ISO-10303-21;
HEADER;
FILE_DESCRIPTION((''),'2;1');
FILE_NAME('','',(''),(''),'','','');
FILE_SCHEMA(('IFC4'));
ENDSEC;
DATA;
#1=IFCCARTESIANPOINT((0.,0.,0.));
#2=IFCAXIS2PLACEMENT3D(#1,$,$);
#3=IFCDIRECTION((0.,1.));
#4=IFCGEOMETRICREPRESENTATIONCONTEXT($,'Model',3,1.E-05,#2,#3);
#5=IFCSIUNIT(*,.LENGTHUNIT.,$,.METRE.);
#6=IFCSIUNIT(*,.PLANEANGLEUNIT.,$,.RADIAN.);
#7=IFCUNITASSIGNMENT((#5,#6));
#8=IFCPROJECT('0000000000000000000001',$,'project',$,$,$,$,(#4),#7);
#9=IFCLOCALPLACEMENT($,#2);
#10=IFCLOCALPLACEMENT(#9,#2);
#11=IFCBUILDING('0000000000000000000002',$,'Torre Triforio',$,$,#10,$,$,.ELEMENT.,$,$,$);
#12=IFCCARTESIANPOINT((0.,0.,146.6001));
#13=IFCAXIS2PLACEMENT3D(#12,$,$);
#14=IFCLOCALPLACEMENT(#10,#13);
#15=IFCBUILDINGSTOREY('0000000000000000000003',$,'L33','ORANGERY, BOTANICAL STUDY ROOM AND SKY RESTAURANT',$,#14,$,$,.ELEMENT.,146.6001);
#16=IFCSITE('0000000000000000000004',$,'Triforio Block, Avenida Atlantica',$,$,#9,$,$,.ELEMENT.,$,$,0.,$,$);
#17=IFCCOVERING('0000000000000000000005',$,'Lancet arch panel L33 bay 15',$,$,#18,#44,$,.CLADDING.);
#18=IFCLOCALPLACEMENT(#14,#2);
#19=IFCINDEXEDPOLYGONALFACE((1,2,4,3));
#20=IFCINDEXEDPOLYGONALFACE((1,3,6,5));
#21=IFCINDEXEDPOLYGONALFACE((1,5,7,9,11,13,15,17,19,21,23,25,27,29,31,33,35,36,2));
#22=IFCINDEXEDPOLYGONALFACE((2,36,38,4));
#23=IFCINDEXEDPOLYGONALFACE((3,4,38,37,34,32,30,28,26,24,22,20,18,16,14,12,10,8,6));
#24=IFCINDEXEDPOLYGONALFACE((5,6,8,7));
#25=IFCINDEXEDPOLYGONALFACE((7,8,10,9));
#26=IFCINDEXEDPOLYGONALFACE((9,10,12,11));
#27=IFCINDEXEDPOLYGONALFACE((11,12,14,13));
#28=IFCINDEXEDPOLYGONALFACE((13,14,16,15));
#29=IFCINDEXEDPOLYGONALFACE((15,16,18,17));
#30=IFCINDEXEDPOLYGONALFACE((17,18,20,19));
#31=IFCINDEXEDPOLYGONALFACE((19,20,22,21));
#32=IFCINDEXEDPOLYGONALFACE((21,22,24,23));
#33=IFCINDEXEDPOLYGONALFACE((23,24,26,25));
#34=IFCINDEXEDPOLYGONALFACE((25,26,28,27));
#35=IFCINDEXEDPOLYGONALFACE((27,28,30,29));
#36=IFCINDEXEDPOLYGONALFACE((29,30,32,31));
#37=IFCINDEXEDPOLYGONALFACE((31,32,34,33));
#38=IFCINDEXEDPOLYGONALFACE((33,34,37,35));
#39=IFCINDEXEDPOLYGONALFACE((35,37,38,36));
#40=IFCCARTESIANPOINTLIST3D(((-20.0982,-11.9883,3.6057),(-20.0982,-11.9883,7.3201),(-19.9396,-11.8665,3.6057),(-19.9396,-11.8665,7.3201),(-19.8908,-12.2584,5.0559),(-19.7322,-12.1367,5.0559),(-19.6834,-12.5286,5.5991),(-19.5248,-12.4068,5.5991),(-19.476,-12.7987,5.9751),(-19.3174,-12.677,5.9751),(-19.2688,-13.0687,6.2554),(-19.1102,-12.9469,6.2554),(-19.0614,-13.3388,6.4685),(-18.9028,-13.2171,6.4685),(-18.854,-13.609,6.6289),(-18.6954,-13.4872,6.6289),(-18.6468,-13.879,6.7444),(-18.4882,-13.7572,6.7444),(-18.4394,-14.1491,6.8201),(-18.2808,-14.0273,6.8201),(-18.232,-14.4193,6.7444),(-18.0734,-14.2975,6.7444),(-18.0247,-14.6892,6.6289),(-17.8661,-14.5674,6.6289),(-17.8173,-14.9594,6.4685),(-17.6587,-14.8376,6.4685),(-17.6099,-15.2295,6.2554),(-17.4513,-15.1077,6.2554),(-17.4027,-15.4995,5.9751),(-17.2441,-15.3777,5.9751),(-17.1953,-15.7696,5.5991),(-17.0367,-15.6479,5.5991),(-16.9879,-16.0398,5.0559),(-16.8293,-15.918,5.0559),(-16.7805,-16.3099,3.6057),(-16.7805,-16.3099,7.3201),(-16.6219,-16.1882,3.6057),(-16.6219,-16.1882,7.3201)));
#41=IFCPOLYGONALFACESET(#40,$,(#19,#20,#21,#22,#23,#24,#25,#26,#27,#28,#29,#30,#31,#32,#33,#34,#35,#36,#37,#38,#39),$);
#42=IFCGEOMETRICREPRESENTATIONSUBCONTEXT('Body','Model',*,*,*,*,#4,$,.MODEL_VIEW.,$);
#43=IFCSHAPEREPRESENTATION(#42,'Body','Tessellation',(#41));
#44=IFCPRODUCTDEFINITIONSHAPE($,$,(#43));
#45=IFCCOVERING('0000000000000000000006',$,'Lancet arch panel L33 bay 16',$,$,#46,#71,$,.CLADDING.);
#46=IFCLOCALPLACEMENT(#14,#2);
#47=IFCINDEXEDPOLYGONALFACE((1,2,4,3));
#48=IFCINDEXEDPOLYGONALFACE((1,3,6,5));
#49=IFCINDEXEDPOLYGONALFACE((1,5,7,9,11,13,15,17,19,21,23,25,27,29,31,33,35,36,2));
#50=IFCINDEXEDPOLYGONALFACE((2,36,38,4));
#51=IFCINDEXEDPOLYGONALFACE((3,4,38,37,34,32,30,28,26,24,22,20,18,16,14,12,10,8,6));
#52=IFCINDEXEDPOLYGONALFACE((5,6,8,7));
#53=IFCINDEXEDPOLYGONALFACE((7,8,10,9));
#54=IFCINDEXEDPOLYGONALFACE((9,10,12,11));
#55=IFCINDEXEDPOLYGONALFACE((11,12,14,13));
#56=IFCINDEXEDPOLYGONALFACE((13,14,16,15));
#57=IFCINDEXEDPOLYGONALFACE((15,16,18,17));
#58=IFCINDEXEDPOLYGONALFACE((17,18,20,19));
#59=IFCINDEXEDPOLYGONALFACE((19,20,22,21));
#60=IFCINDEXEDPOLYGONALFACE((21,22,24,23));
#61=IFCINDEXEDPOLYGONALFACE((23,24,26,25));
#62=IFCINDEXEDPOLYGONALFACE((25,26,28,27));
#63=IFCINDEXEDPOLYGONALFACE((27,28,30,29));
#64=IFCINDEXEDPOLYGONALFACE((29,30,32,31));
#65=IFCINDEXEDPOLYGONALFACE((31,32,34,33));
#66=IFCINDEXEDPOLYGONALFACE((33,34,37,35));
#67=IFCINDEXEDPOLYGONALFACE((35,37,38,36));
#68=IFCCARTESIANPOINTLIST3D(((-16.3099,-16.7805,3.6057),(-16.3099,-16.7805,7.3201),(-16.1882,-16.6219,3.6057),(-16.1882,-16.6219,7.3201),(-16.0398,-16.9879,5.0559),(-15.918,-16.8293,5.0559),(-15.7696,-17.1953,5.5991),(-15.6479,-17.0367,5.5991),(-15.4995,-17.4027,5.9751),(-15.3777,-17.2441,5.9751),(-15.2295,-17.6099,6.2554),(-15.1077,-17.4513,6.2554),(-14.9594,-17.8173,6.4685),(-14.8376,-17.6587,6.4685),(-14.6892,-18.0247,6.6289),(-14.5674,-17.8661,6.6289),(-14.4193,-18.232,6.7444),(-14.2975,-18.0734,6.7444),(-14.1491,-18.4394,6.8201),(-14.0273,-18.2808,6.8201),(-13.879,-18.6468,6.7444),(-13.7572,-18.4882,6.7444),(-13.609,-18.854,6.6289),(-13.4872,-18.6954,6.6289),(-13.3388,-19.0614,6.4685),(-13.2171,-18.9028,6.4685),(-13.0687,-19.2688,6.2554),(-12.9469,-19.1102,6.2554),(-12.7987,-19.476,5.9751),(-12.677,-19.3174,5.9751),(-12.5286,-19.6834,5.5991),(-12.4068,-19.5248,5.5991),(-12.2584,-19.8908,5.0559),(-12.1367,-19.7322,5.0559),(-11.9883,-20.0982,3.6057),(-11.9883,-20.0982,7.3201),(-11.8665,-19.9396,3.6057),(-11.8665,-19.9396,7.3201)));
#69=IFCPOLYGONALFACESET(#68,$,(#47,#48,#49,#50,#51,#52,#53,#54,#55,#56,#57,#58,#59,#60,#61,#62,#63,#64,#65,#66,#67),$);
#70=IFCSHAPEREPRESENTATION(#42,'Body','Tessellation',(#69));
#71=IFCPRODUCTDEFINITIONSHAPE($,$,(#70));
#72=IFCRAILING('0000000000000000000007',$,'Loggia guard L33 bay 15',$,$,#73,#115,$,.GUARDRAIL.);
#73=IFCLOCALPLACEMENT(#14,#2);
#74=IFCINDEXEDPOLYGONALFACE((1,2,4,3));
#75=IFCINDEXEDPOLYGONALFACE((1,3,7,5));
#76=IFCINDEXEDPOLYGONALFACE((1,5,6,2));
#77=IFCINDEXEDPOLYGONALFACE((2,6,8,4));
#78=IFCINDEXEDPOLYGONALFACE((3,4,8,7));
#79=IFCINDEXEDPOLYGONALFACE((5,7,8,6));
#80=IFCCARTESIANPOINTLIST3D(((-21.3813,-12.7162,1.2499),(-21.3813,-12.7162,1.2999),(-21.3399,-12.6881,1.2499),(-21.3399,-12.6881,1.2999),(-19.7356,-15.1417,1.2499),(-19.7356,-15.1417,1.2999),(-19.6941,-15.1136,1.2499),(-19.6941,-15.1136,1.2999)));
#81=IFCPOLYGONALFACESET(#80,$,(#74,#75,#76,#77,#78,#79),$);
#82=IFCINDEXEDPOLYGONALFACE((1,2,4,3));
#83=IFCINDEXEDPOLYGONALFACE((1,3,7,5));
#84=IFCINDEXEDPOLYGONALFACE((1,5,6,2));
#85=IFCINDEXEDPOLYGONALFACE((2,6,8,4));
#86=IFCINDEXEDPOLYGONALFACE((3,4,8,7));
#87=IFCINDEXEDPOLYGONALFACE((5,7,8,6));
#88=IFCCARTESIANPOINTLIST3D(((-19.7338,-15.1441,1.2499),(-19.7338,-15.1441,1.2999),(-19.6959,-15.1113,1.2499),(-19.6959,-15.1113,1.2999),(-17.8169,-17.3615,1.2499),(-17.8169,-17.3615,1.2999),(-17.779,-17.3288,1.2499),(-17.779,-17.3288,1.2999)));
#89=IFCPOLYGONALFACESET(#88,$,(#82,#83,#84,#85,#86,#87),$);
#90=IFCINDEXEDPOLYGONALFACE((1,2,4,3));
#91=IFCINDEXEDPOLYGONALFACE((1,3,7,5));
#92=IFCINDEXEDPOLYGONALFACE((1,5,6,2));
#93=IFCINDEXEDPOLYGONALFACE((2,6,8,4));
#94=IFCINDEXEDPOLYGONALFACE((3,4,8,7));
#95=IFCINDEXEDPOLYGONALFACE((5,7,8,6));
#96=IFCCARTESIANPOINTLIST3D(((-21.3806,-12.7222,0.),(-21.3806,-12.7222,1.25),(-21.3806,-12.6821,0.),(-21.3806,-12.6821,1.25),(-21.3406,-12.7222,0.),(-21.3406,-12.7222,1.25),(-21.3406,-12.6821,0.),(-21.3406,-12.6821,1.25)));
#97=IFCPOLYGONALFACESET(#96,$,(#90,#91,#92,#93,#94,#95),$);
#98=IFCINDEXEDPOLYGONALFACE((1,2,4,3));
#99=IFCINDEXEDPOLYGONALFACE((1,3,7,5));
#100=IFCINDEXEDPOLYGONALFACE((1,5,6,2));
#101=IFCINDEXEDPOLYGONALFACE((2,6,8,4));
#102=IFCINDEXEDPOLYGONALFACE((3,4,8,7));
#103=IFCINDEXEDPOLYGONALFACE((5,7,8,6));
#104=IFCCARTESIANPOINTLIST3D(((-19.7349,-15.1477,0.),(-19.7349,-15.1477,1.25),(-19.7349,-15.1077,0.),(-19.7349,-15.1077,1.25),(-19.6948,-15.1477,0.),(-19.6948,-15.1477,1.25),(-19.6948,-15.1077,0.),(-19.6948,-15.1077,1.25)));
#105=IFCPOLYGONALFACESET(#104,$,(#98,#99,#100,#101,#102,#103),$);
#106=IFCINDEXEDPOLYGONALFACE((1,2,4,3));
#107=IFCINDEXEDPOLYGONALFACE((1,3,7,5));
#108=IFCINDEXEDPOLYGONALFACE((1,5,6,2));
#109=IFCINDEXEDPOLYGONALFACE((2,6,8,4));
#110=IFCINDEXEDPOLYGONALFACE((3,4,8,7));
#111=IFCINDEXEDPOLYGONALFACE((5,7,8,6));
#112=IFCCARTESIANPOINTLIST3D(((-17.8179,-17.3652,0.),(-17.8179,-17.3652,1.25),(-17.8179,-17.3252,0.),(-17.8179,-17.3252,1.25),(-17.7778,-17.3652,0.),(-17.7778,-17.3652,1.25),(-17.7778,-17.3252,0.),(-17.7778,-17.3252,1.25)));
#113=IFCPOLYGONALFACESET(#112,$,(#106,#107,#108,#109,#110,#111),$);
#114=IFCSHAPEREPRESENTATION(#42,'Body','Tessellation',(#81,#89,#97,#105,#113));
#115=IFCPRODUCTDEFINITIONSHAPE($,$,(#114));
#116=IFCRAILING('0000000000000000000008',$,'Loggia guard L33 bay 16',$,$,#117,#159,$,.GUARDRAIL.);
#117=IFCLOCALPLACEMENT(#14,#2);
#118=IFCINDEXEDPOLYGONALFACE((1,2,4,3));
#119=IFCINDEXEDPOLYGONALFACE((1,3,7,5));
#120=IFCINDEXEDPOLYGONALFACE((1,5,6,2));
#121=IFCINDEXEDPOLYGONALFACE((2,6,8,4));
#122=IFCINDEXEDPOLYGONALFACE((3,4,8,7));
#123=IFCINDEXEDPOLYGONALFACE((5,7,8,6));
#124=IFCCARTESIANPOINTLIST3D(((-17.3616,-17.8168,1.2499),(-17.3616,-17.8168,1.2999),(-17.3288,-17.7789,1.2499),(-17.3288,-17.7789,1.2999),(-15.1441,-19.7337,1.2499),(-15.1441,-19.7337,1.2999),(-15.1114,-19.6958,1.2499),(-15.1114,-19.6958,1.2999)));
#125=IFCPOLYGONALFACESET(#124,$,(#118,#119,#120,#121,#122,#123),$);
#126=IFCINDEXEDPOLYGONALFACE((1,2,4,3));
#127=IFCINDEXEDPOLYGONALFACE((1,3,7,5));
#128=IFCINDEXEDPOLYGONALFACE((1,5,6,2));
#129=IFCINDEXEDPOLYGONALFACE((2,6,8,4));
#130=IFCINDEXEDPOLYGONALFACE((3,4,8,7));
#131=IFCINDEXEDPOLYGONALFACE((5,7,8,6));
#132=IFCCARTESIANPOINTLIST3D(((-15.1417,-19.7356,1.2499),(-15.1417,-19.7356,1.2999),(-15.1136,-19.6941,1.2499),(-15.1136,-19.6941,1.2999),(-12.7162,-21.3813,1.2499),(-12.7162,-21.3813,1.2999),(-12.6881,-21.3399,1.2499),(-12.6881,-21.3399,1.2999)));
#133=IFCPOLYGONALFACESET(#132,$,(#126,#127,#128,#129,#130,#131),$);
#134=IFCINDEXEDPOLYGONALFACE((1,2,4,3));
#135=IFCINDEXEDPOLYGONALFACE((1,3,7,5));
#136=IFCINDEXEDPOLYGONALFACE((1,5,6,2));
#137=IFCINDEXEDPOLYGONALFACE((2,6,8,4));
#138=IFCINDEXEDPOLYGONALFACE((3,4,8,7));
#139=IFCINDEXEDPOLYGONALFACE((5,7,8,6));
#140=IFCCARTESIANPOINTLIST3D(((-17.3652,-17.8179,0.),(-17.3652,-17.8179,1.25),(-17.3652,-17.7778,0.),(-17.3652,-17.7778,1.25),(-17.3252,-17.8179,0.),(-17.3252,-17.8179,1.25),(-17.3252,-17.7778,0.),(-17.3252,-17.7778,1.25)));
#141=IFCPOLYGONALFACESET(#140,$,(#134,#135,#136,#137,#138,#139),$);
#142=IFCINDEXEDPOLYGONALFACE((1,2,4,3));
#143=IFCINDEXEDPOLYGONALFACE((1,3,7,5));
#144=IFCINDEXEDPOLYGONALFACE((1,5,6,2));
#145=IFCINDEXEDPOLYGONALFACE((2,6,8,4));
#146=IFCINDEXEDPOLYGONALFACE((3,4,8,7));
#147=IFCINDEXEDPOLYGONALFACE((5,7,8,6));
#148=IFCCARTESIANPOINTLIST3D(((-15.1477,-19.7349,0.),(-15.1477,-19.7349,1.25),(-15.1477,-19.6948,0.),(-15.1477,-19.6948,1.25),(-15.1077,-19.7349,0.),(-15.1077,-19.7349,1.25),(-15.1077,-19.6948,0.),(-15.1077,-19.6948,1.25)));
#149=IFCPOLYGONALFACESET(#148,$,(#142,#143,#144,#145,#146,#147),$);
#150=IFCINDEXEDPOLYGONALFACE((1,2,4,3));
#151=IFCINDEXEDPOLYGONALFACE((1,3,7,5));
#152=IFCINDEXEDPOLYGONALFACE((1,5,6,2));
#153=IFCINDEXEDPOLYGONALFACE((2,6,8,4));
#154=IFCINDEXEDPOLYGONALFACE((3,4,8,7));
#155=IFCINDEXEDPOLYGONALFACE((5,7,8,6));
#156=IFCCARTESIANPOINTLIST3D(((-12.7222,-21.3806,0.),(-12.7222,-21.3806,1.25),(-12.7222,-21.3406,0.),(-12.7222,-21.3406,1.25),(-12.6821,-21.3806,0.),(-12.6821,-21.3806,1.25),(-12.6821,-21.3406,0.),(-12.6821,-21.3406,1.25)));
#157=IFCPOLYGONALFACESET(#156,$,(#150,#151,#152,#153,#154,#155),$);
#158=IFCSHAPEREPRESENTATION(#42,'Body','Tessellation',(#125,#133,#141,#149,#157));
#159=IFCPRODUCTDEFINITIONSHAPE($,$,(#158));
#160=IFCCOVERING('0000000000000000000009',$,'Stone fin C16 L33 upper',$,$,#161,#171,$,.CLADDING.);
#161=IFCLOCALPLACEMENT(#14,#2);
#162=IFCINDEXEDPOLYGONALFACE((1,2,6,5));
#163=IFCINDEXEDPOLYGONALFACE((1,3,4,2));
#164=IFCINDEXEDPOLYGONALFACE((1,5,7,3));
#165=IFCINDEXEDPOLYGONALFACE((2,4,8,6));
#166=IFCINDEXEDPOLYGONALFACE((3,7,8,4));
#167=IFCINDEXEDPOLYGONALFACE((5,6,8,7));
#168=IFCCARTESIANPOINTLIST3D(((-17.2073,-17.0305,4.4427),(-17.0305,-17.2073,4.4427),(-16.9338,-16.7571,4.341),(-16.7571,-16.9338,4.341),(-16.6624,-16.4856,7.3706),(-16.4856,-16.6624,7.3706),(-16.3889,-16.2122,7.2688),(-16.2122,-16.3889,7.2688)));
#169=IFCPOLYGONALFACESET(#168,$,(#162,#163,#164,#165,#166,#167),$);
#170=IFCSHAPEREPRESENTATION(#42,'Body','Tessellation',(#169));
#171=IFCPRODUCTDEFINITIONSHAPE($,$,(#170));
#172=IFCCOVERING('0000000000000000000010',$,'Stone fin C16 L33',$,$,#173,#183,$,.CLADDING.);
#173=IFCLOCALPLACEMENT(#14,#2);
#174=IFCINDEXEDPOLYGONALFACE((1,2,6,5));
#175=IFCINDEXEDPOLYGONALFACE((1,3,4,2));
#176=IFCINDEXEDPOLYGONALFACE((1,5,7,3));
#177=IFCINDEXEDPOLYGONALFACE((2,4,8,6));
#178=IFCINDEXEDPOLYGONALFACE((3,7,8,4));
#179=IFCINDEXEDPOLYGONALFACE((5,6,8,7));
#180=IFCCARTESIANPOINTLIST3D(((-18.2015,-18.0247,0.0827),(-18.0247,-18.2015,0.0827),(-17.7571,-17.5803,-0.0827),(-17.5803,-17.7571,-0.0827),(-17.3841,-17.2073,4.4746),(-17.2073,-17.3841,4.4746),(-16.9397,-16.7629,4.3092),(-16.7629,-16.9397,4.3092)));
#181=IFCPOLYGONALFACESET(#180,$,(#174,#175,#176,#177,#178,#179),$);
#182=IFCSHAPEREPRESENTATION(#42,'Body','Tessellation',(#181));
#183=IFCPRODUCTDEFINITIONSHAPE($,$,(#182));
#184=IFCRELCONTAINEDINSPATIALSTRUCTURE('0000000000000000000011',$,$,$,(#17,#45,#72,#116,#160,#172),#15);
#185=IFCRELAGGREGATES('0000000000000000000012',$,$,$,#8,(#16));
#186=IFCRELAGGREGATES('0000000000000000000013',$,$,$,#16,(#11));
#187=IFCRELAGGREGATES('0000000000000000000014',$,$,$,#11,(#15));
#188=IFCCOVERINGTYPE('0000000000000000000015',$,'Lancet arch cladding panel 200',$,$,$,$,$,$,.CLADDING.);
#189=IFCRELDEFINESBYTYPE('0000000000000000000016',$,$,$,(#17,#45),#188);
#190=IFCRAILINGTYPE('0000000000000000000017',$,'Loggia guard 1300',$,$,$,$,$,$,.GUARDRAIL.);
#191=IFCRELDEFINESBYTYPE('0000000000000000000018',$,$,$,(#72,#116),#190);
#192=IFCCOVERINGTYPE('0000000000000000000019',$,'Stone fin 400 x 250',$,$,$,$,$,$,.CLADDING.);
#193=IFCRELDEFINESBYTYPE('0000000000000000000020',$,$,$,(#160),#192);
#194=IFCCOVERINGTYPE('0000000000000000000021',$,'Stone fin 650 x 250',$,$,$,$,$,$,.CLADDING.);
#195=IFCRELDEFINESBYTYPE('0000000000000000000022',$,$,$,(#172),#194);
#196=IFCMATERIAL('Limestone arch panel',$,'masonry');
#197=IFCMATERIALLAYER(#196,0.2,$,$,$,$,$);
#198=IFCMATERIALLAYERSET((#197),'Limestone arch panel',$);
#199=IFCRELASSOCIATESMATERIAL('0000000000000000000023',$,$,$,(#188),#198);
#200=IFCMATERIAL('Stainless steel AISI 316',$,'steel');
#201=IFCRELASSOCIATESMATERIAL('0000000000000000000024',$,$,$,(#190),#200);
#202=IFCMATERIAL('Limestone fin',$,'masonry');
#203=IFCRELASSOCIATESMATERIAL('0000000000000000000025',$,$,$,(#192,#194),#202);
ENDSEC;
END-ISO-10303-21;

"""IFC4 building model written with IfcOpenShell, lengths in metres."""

from ifc_helpers import new_model, si_unit, direction, frame, origin, origin_2d, place, context, subcontext, project, spatial, polyline, rectangle, outline, extrude, material, layer, layer_set, material_profile, profile_set, type_object, element, save


model = new_model("IFC4")

# Units and contexts
model_context = context("Model", 3, precision=1e-05, world=origin(), true_north=direction((0.0, 1.0)))
body_context = subcontext(model_context, "Body", "Model", "MODEL_VIEW")
ifc_project = project(units=[si_unit("LENGTHUNIT", "METRE"), si_unit("PLANEANGLEUNIT", "RADIAN")], contexts=[model_context])

# Site, building, storey
site_placement = place(None, origin())
site = spatial("IfcSite", under=ifc_project, at=site_placement, Name="Triforio Block, Avenida Atlantica", CompositionType="ELEMENT", RefElevation=0.0)
building_placement = place(site_placement, origin())
building = spatial("IfcBuilding", under=site, at=building_placement, Name="Torre Triforio", CompositionType="ELEMENT")
storey_placement = place(building_placement, frame((0.0, 0.0, 146.6001)))
storey = spatial("IfcBuildingStorey", under=building, at=storey_placement, Name="L33", Description="ORANGERY, BOTANICAL STUDY ROOM AND SKY RESTAURANT", CompositionType="ELEMENT", Elevation=146.6001)

# Coverings
ifc_material_1 = material(Name="Limestone arch panel", Category="masonry")
ifc_layer_1 = layer(ifc_material_1, 0.2)
ifc_layer_set_1 = layer_set([ifc_layer_1], Name="Limestone arch panel")
covering_type_1 = type_object("IfcCoveringType", Name="Lancet arch cladding panel 200", PredefinedType="CLADDING", material=ifc_layer_set_1)
for number, where, z_axis, x_axis, name in (
    (1, (-18.2808, -14.0273, 0.0), (-0.793213, -0.608944, 0.0), (0.608944, -0.793213, 0.0), "Lancet arch panel L33 bay 15"),
    (2, (-14.0273, -18.2808, 0.0), (-0.608944, -0.793213, 0.0), (0.793213, -0.608944, 0.0), "Lancet arch panel L33 bay 16"),
):
    element("IfcCovering", number, at=place(storey_placement, frame(where, z_axis=z_axis, x_axis=x_axis)), inside=storey, type_object=covering_type_1, Name=name, PredefinedType="CLADDING", context=body_context, shape_type="SweptSolid", body=[
        extrude(outline(polyline([(-2.7241, 7.3201), (-2.7241, 3.6057), (-2.3835, 5.0559), (-2.043, 5.5991), (-1.7024, 5.9751), (-1.3621, 6.2554), (-1.0215, 6.4685), (-0.6809, 6.6289), (-0.3406, 6.7444), (0.0, 6.8201), (0.3406, 6.7444), (0.6809, 6.6289), (1.0215, 6.4685), (1.3621, 6.2554), (1.7024, 5.9751), (2.043, 5.5991), (2.3835, 5.0559), (2.7241, 3.6057), (2.7241, 7.3201), (-2.7241, 7.3201)])), origin(), (0.0, 0.0, 1.0), 0.2),
    ])

# Railings
ifc_material_2 = material(Name="Stainless steel AISI 316", Category="steel")
railing_type = type_object("IfcRailingType", Name="Loggia guard 1300", PredefinedType="GUARDRAIL", material=ifc_material_2)
railing_1_placement = place(storey_placement, frame((-21.3606, -12.7021, 0.0)))
element("IfcRailing", 3, at=railing_1_placement, inside=storey, type_object=railing_type, Name="Loggia guard L33 bay 15", PredefinedType="GUARDRAIL", context=body_context, shape_type="SweptSolid", body=[
    extrude(rectangle(XDim=0.05, YDim=0.05, at=origin_2d()), frame((0.0, 0.0, 1.2749), z_axis=(0.561467, -0.827499, 0.0), x_axis=(0.827499, 0.561467, 0.0)), (0.0, 0.0, 1.0), 2.9312),
    extrude(rectangle(XDim=0.05, YDim=0.05, at=origin_2d()), frame((1.6458, -2.4255, 1.2749), z_axis=(0.653982, -0.75651, 0.0), x_axis=(0.75651, 0.653982, 0.0)), (0.0, 0.0, 1.0), 2.9312),
    extrude(rectangle(XDim=0.04, YDim=0.04, at=origin_2d()), origin(), (0.0, 0.0, 1.0), 1.25),
    extrude(rectangle(XDim=0.04, YDim=0.04, at=origin_2d()), frame((1.6458, -2.4255, 0.0)), (0.0, 0.0, 1.0), 1.25),
    extrude(rectangle(XDim=0.04, YDim=0.04, at=origin_2d()), frame((3.5627, -4.6431, 0.0)), (0.0, 0.0, 1.0), 1.25),
])
railing_2_placement = place(storey_placement, frame((-17.3452, -17.7979, 0.0)))
element("IfcRailing", 4, at=railing_2_placement, inside=storey, type_object=railing_type, Name="Loggia guard L33 bay 16", PredefinedType="GUARDRAIL", context=body_context, shape_type="SweptSolid", body=[
    extrude(rectangle(XDim=0.05, YDim=0.05, at=origin_2d()), frame((0.0, 0.0, 1.2749), z_axis=(0.75651, -0.653982, 0.0), x_axis=(0.653982, 0.75651, 0.0)), (0.0, 0.0, 1.0), 2.9312),
    extrude(rectangle(XDim=0.05, YDim=0.05, at=origin_2d()), frame((2.2175, -1.917, 1.2749), z_axis=(0.827499, -0.561467, 0.0), x_axis=(0.561467, 0.827499, 0.0)), (0.0, 0.0, 1.0), 2.9312),
    extrude(rectangle(XDim=0.04, YDim=0.04, at=origin_2d()), origin(), (0.0, 0.0, 1.0), 1.25),
    extrude(rectangle(XDim=0.04, YDim=0.04, at=origin_2d()), frame((2.2175, -1.917, 0.0)), (0.0, 0.0, 1.0), 1.25),
    extrude(rectangle(XDim=0.04, YDim=0.04, at=origin_2d()), frame((4.6431, -3.5627, 0.0)), (0.0, 0.0, 1.0), 1.25),
])

# Coverings
ifc_material_3 = material(Name="Limestone fin", Category="masonry")
ifc_material_profile_1 = material_profile(ifc_material_3, rectangle(XDim=0.3999, YDim=0.25, at=origin_2d()), Name="FIN 400x250")
ifc_profile_set_1 = profile_set([ifc_material_profile_1], Name="Limestone fin")
covering_type_2 = type_object("IfcCoveringType", Name="Stone fin 400 x 250", PredefinedType="CLADDING", material=ifc_profile_set_1)
covering_1_placement = place(storey_placement, frame((-16.9822, -16.9822, 4.3918), z_axis=(0.179979, 0.179979, 0.967065), x_axis=(-0.683818, -0.683818, 0.254529)))
element("IfcCovering", 5, at=covering_1_placement, inside=storey, type_object=covering_type_2, Name="Stone fin C16 L33 upper", PredefinedType="CLADDING", context=body_context, shape_type="SweptSolid", body=[
    extrude(rectangle(XDim=0.3999, YDim=0.25, at=origin_2d()), origin(), (0.0, 0.0, 1.0), 3.0276),
])
ifc_material_profile_2 = material_profile(ifc_material_3, rectangle(XDim=0.6499, YDim=0.25, at=origin_2d()), Name="FIN 650x250")
ifc_profile_set_2 = profile_set([ifc_material_profile_2], Name="Limestone fin")
covering_type_3 = type_object("IfcCoveringType", Name="Stone fin 650 x 250", PredefinedType="CLADDING", material=ifc_profile_set_2)
covering_2_placement = place(storey_placement, frame((-17.8909, -17.8909, 0.0), z_axis=(0.179984, 0.179984, 0.967063), x_axis=(-0.683817, -0.683817, 0.254536)))
element("IfcCovering", 6, at=covering_2_placement, inside=storey, type_object=covering_type_3, Name="Stone fin C16 L33", PredefinedType="CLADDING", context=body_context, shape_type="SweptSolid", body=[
    extrude(rectangle(XDim=0.6499, YDim=0.25, at=origin_2d()), origin(), (0.0, 0.0, 1.0), 4.5415),
])

save(model, "model.ifc")
